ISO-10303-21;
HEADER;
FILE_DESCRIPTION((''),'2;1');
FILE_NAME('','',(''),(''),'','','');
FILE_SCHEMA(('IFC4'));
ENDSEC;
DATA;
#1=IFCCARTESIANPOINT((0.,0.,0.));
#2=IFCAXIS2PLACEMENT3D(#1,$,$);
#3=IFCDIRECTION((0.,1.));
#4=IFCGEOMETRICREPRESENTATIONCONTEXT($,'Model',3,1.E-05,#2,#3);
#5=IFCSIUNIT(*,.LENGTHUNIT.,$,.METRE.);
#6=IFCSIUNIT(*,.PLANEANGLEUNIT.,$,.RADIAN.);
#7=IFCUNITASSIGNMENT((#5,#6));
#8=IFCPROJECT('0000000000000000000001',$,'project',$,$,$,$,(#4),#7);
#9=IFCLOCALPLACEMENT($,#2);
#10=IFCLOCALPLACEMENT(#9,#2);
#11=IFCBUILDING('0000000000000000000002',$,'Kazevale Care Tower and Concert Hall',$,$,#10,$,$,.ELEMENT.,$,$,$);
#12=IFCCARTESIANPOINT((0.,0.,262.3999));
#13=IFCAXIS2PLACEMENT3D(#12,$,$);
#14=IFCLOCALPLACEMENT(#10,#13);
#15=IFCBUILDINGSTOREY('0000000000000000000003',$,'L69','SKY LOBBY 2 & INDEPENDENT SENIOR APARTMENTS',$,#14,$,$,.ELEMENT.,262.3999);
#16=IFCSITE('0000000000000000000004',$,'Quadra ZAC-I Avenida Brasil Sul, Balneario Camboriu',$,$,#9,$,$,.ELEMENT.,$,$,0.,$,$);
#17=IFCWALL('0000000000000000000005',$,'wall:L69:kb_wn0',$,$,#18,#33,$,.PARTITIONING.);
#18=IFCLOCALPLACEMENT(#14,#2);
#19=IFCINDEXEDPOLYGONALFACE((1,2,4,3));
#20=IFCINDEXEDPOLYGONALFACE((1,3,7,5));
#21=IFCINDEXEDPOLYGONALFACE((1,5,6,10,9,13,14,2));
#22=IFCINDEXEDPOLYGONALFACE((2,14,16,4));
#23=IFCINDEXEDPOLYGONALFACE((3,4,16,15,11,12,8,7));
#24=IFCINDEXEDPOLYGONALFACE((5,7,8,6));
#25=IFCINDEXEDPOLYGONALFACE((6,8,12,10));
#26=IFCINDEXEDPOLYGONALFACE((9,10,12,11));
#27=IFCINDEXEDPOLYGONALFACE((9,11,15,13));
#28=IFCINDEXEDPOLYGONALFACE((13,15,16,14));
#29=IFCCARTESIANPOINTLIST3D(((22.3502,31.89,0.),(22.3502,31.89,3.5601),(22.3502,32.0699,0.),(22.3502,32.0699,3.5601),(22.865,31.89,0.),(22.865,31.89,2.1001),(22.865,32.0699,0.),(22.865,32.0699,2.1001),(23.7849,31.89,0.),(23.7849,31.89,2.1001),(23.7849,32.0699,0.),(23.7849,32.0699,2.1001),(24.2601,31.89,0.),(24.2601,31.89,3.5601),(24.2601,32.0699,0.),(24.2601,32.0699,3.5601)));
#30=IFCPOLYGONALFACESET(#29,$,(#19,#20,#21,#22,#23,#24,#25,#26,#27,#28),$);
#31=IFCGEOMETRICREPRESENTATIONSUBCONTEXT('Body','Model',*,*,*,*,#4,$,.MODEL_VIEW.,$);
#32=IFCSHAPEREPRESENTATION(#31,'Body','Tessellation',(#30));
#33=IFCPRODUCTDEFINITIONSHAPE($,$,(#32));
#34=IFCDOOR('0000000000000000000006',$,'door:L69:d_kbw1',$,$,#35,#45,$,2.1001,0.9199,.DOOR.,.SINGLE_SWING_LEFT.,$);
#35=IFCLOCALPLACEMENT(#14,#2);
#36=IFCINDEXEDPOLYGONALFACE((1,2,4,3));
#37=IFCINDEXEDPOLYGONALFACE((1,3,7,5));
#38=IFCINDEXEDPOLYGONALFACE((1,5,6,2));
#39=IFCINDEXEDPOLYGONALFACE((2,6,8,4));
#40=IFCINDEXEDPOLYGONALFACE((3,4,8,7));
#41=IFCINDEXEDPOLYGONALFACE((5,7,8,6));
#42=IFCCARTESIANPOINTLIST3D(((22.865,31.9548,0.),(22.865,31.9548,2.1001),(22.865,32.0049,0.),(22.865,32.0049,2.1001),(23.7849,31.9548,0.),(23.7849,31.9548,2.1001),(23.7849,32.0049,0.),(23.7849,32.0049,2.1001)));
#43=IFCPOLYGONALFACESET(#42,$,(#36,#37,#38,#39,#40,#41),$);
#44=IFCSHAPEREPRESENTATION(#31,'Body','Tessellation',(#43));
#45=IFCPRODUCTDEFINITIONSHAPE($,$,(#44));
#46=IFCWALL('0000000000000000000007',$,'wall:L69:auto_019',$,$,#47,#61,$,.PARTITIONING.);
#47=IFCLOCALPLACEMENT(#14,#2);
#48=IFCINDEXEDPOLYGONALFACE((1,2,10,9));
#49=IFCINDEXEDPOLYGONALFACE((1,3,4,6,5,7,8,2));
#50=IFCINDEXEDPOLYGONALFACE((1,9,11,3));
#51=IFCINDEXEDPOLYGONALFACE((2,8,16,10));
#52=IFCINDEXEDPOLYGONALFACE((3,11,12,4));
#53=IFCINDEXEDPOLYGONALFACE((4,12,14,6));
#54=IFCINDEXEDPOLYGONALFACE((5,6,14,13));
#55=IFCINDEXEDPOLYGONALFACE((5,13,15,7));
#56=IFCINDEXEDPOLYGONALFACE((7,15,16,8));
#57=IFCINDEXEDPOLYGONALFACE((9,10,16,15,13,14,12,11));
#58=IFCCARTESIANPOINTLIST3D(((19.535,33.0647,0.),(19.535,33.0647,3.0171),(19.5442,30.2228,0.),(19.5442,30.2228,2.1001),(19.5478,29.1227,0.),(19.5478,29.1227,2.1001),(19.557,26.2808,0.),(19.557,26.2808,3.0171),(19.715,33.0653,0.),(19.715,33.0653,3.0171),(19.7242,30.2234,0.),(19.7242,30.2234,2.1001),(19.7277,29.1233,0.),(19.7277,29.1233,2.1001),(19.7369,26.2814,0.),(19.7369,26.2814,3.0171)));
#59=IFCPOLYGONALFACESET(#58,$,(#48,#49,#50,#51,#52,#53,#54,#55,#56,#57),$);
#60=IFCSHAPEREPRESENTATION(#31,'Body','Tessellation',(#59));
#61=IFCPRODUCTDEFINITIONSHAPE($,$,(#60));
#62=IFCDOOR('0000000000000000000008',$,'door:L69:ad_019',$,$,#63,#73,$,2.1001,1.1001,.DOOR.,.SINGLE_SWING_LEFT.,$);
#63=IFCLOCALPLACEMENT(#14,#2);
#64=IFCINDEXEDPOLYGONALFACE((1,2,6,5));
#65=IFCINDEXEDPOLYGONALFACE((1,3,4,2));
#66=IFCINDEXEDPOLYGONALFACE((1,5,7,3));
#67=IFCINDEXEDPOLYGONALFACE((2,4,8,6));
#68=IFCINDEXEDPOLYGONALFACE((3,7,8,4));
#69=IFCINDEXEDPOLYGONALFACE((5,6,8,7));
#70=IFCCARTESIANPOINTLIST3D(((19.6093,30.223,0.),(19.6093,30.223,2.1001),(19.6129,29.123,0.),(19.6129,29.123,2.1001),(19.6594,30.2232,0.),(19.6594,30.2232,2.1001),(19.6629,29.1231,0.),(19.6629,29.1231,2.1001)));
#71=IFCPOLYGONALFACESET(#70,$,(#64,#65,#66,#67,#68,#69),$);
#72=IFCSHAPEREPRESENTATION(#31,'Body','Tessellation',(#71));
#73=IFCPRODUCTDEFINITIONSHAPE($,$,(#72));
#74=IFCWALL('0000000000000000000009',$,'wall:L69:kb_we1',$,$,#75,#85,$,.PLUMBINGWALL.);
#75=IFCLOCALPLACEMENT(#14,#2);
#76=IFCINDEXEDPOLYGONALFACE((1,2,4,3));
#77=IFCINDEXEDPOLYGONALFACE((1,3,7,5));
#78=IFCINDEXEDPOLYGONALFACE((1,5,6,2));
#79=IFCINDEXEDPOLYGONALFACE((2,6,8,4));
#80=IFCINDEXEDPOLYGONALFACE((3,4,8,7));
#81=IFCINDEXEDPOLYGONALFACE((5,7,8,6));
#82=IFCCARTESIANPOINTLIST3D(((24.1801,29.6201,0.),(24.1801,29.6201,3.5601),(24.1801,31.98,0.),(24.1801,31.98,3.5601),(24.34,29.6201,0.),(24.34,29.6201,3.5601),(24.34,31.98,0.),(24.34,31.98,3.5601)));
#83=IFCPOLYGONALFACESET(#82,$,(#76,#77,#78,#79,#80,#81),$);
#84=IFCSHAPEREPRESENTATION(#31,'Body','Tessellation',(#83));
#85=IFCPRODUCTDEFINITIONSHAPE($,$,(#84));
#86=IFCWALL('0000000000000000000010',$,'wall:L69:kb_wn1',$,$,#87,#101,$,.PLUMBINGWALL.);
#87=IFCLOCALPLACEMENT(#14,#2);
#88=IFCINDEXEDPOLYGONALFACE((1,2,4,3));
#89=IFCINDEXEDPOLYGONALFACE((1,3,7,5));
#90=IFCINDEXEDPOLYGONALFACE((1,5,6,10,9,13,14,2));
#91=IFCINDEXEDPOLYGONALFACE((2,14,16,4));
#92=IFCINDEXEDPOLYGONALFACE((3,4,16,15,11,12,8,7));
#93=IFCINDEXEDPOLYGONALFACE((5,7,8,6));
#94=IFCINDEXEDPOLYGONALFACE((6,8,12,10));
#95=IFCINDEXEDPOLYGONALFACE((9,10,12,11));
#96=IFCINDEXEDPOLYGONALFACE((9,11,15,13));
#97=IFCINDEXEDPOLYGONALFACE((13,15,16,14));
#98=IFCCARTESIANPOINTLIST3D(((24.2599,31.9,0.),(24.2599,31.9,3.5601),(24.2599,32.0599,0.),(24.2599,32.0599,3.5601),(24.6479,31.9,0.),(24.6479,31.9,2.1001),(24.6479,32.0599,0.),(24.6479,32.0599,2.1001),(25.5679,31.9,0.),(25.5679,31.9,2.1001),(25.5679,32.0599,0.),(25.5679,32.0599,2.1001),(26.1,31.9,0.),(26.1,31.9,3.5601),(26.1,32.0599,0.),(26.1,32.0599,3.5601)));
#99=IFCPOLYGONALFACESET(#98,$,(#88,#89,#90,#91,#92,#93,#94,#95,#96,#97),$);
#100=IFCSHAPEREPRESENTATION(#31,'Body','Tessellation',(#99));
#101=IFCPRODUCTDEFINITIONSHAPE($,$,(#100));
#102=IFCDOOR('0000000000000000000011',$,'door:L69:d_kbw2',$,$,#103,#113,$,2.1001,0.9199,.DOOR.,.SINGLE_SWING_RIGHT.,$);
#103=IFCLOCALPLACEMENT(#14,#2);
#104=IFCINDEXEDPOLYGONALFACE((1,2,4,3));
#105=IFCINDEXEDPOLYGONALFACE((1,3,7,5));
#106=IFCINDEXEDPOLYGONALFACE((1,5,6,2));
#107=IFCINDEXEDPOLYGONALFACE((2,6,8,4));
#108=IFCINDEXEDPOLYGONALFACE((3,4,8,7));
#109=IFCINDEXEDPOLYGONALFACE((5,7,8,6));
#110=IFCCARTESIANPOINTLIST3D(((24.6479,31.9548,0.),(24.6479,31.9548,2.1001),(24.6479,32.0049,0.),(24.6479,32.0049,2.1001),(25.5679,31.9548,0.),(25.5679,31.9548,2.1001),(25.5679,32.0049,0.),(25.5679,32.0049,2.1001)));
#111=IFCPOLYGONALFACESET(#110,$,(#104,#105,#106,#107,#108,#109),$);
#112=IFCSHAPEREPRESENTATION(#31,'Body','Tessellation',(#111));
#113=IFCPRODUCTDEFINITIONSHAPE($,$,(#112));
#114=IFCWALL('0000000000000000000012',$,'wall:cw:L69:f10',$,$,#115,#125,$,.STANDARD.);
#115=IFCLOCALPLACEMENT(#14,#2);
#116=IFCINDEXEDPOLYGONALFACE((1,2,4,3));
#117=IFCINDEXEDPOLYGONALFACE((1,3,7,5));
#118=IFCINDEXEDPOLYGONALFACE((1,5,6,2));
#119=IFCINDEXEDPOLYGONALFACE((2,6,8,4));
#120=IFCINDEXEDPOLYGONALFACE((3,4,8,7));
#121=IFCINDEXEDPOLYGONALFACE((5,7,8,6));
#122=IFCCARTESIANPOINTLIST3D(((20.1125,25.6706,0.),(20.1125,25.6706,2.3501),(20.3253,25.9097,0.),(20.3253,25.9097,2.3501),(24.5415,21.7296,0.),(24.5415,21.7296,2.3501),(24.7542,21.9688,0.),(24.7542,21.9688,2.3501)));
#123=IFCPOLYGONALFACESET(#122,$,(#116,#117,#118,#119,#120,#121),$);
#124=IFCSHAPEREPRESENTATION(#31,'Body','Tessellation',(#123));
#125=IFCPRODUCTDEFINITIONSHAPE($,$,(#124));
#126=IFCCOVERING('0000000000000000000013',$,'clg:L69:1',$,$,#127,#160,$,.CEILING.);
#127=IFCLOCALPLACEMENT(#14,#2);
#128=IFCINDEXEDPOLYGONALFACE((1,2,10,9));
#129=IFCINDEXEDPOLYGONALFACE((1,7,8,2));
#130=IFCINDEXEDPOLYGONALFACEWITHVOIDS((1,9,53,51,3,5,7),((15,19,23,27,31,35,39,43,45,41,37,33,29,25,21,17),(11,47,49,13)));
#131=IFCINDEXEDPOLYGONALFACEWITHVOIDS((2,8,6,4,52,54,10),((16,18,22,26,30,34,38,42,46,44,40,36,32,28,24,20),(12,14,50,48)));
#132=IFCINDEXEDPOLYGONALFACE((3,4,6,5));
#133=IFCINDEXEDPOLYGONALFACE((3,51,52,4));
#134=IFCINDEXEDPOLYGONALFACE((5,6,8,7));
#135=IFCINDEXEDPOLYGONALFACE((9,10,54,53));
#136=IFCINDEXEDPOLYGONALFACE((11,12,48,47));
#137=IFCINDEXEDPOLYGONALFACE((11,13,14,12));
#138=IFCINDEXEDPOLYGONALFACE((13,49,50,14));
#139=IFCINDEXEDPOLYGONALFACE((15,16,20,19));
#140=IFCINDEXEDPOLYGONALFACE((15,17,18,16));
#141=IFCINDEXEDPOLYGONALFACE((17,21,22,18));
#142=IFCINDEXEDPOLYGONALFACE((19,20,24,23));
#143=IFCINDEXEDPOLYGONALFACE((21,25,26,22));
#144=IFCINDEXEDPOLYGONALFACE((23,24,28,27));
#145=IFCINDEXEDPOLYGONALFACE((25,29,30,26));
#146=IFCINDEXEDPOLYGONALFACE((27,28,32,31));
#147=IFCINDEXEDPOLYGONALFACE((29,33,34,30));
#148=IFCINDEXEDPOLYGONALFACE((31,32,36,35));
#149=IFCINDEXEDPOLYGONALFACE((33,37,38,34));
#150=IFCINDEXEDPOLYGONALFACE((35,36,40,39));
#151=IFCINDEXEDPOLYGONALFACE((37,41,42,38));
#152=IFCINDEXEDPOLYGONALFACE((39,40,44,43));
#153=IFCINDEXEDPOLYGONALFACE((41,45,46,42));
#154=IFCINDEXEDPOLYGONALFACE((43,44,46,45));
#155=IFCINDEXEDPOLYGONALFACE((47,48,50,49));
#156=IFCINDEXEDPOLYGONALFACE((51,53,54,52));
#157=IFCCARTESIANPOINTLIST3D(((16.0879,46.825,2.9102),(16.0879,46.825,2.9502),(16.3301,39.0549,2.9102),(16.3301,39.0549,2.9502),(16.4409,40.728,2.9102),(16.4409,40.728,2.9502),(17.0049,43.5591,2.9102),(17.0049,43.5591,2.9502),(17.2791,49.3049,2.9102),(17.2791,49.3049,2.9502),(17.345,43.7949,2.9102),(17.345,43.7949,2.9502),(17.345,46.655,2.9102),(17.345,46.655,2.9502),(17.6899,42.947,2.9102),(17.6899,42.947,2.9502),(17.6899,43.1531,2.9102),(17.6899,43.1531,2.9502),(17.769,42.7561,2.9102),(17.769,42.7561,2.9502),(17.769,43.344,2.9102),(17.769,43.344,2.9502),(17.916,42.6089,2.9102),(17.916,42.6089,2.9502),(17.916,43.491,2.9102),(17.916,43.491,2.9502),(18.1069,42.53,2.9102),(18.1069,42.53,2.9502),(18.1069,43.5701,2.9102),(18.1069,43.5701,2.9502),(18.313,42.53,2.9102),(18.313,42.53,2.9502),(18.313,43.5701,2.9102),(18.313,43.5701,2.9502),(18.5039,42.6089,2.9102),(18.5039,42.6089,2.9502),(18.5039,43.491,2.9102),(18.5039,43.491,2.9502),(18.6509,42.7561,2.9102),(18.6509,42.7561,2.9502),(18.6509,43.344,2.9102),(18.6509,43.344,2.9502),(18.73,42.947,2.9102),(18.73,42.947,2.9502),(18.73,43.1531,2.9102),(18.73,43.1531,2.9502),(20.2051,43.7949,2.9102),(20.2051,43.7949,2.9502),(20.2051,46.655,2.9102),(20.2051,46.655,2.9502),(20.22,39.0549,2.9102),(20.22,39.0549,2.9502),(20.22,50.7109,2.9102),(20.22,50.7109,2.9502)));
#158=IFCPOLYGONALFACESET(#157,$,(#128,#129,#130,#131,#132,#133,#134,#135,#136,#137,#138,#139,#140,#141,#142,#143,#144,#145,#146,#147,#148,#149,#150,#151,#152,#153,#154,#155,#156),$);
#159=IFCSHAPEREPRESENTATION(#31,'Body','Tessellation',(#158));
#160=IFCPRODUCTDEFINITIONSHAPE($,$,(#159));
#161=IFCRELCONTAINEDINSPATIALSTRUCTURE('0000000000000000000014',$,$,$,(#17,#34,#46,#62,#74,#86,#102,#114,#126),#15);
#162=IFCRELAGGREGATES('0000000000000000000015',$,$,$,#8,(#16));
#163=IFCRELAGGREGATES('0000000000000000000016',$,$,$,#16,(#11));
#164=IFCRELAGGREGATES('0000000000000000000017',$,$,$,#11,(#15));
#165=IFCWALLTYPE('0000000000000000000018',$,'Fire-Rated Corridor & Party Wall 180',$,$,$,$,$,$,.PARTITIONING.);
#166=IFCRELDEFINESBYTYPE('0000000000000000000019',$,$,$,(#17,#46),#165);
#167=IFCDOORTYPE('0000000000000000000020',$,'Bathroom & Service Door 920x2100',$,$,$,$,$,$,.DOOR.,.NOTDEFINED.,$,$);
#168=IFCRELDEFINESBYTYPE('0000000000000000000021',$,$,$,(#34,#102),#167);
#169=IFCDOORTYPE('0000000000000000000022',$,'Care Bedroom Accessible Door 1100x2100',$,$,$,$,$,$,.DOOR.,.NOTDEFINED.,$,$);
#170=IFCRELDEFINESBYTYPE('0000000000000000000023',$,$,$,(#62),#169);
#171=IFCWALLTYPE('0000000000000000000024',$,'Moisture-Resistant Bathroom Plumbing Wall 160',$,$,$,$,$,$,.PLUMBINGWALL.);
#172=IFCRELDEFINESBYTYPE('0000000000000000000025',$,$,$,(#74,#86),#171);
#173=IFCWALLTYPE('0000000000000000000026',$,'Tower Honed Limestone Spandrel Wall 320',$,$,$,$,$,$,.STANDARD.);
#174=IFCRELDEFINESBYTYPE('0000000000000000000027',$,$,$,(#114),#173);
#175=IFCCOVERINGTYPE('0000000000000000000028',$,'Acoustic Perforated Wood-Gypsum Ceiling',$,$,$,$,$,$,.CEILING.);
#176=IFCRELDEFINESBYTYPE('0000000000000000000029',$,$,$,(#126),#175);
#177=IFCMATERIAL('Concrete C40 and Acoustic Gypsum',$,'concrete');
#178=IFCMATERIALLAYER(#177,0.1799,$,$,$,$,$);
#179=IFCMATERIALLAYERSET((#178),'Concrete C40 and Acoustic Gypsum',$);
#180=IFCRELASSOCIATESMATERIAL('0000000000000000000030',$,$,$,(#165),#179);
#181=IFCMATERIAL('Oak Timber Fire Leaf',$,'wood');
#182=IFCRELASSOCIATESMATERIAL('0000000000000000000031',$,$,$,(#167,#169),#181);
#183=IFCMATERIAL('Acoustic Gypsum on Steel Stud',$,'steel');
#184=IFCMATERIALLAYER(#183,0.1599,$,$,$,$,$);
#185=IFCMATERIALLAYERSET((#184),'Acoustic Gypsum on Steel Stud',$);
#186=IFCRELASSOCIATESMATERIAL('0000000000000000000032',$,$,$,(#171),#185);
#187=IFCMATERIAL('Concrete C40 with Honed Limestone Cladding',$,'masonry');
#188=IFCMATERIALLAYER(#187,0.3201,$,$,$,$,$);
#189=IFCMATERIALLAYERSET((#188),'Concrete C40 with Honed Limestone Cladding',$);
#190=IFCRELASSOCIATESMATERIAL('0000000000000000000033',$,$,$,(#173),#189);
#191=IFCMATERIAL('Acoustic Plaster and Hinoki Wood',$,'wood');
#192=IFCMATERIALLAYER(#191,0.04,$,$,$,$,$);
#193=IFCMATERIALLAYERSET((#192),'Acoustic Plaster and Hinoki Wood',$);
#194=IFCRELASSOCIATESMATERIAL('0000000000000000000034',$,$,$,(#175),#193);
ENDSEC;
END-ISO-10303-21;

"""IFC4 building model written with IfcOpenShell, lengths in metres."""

from ifc_helpers import new_model, si_unit, direction, frame, frame_2d, origin, place, context, subcontext, project, spatial, polyline, rectangle, outline, extrude, material, layer, layer_set, type_object, element, fill, save


model = new_model("IFC4")

# Units and contexts
model_context = context("Model", 3, precision=1e-05, world=origin(), true_north=direction((0.0, 1.0)))
body_context = subcontext(model_context, "Body", "Model", "MODEL_VIEW")
ifc_project = project(units=[si_unit("LENGTHUNIT", "METRE"), si_unit("PLANEANGLEUNIT", "RADIAN")], contexts=[model_context])

# Site, building, storey
site_placement = place(None, origin())
site = spatial("IfcSite", under=ifc_project, at=site_placement, Name="Quadra ZAC-I Avenida Brasil Sul, Balneario Camboriu", CompositionType="ELEMENT", RefElevation=0.0)
building_placement = place(site_placement, origin())
building = spatial("IfcBuilding", under=site, at=building_placement, Name="Kazevale Care Tower and Concert Hall", CompositionType="ELEMENT")
storey_placement = place(building_placement, frame((0.0, 0.0, 262.3999)))
storey = spatial("IfcBuildingStorey", under=building, at=storey_placement, Name="L69", Description="SKY LOBBY 2 & INDEPENDENT SENIOR APARTMENTS", CompositionType="ELEMENT", Elevation=262.3999)

# Walls, openings, doors
ifc_material_1 = material(Name="Concrete C40 and Acoustic Gypsum", Category="concrete")
ifc_layer_1 = layer(ifc_material_1, 0.1799)
ifc_layer_set_1 = layer_set([ifc_layer_1], Name="Concrete C40 and Acoustic Gypsum")
wall_type_1 = type_object("IfcWallType", Name="Fire-Rated Corridor & Party Wall 180", PredefinedType="PARTITIONING", material=ifc_layer_set_1)
wall_1_placement = place(storey_placement, frame((22.3501, 31.98, 0.0), z_axis=(0.0, 0.0, 1.0), x_axis=(1.0, 0.0, 0.0)))
wall_1 = element("IfcWall", 1, at=wall_1_placement, inside=storey, type_object=wall_type_1, Name="wall:L69:kb_wn0", PredefinedType="PARTITIONING", context=body_context, shape_type="SweptSolid", body=[
    extrude(rectangle(XDim=1.9099, YDim=0.1799, at=frame_2d((0.9551, 0.0))), origin(), (0.0, 0.0, 1.0), 3.5601),
])
opening_1_placement = place(wall_1_placement, frame((0.5149, 0.0, 0.0)))
opening_1 = element("IfcOpeningElement", 2, at=opening_1_placement, cuts=wall_1, PredefinedType="OPENING", context=body_context, shape_type="SweptSolid", body=[
    extrude(rectangle(XDim=0.9199, YDim=2.1001, at=frame_2d((0.46, 1.05))), frame((0.0, 0.0999, 0.0), z_axis=(0.0, -1.0, 0.0), x_axis=(1.0, 0.0, 0.0)), (0.0, 0.0, 1.0), 0.2),
])
ifc_material_2 = material(Name="Oak Timber Fire Leaf", Category="wood")
door_type_1 = type_object("IfcDoorType", Name="Bathroom & Service Door 920x2100", OperationType="NOTDEFINED", PredefinedType="DOOR", material=ifc_material_2)
door_1_placement = place(opening_1_placement, origin())
door_1 = element("IfcDoor", 3, at=door_1_placement, inside=storey, type_object=door_type_1, Name="door:L69:d_kbw1", OperationType="SINGLE_SWING_LEFT", OverallHeight=2.1001, OverallWidth=0.9199, PredefinedType="DOOR", context=body_context, shape_type="SweptSolid", body=[
    extrude(rectangle(XDim=0.9199, YDim=2.1001, at=frame_2d((0.46, 1.05))), frame((0.0, 0.0249, 0.0), z_axis=(0.0, -1.0, 0.0), x_axis=(1.0, 0.0, 0.0)), (0.0, 0.0, 1.0), 0.05),
])
fill(opening_1, door_1)
wall_2_placement = place(storey_placement, frame((19.647, 26.281, 0.0), z_axis=(0.0, 0.0, 1.0), x_axis=(-0.003239, 0.999995, 0.0)))
wall_2 = element("IfcWall", 4, at=wall_2_placement, inside=storey, type_object=wall_type_1, Name="wall:L69:auto_019", PredefinedType="PARTITIONING", context=body_context, shape_type="SweptSolid", body=[
    extrude(rectangle(XDim=6.7839, YDim=0.1799, at=frame_2d((3.3921, 0.0))), origin(), (0.0, 0.0, 1.0), 3.0171),
])
opening_2_placement = place(wall_2_placement, frame((2.842, 0.0, 0.0)))
opening_2 = element("IfcOpeningElement", 5, at=opening_2_placement, cuts=wall_2, PredefinedType="OPENING", context=body_context, shape_type="SweptSolid", body=[
    extrude(rectangle(XDim=1.1001, YDim=2.1001, at=frame_2d((0.55, 1.05))), frame((0.0, 0.0999, 0.0), z_axis=(0.0, -1.0, 0.0), x_axis=(1.0, 0.0, 0.0)), (0.0, 0.0, 1.0), 0.2),
])
door_type_2 = type_object("IfcDoorType", Name="Care Bedroom Accessible Door 1100x2100", OperationType="NOTDEFINED", PredefinedType="DOOR", material=ifc_material_2)
door_2_placement = place(opening_2_placement, origin())
door_2 = element("IfcDoor", 6, at=door_2_placement, inside=storey, type_object=door_type_2, Name="door:L69:ad_019", OperationType="SINGLE_SWING_LEFT", OverallHeight=2.1001, OverallWidth=1.1001, PredefinedType="DOOR", context=body_context, shape_type="SweptSolid", body=[
    extrude(rectangle(XDim=1.1001, YDim=2.1001, at=frame_2d((0.55, 1.05))), frame((0.0, 0.0249, 0.0), z_axis=(0.0, -1.0, 0.0), x_axis=(1.0, 0.0, 0.0)), (0.0, 0.0, 1.0), 0.05),
])
fill(opening_2, door_2)

# Wall
ifc_material_3 = material(Name="Acoustic Gypsum on Steel Stud", Category="steel")
ifc_layer_2 = layer(ifc_material_3, 0.1599)
ifc_layer_set_2 = layer_set([ifc_layer_2], Name="Acoustic Gypsum on Steel Stud")
wall_type_2 = type_object("IfcWallType", Name="Moisture-Resistant Bathroom Plumbing Wall 160", PredefinedType="PLUMBINGWALL", material=ifc_layer_set_2)
wall_3_placement = place(storey_placement, frame((24.26, 29.6201, 0.0), z_axis=(0.0, 0.0, 1.0), x_axis=(0.0, 1.0, 0.0)))
element("IfcWall", 7, at=wall_3_placement, inside=storey, type_object=wall_type_2, Name="wall:L69:kb_we1", PredefinedType="PLUMBINGWALL", context=body_context, shape_type="SweptSolid", body=[
    extrude(rectangle(XDim=2.3599, YDim=0.1599, at=frame_2d((1.1799, 0.0))), origin(), (0.0, 0.0, 1.0), 3.5601),
])

# Wall, opening, door
wall_4_placement = place(storey_placement, frame((24.26, 31.98, 0.0), z_axis=(0.0, 0.0, 1.0), x_axis=(1.0, 0.0, 0.0)))
wall_4 = element("IfcWall", 8, at=wall_4_placement, inside=storey, type_object=wall_type_2, Name="wall:L69:kb_wn1", PredefinedType="PLUMBINGWALL", context=body_context, shape_type="SweptSolid", body=[
    extrude(rectangle(XDim=1.8401, YDim=0.1599, at=frame_2d((0.9199, 0.0))), origin(), (0.0, 0.0, 1.0), 3.5601),
])
opening_3_placement = place(wall_4_placement, frame((0.3879, 0.0, 0.0)))
opening_3 = element("IfcOpeningElement", 9, at=opening_3_placement, cuts=wall_4, PredefinedType="OPENING", context=body_context, shape_type="SweptSolid", body=[
    extrude(rectangle(XDim=0.9199, YDim=2.1001, at=frame_2d((0.46, 1.05))), frame((0.0, 0.0898, 0.0), z_axis=(0.0, -1.0, 0.0), x_axis=(1.0, 0.0, 0.0)), (0.0, 0.0, 1.0), 0.1799),
])
door_3_placement = place(opening_3_placement, origin())
door_3 = element("IfcDoor", 10, at=door_3_placement, inside=storey, type_object=door_type_1, Name="door:L69:d_kbw2", OperationType="SINGLE_SWING_RIGHT", OverallHeight=2.1001, OverallWidth=0.9199, PredefinedType="DOOR", context=body_context, shape_type="SweptSolid", body=[
    extrude(rectangle(XDim=0.9199, YDim=2.1001, at=frame_2d((0.46, 1.05))), frame((0.0, 0.0249, 0.0), z_axis=(0.0, -1.0, 0.0), x_axis=(1.0, 0.0, 0.0)), (0.0, 0.0, 1.0), 0.05),
])
fill(opening_3, door_3)

# Wall
ifc_material_4 = material(Name="Concrete C40 with Honed Limestone Cladding", Category="masonry")
ifc_layer_3 = layer(ifc_material_4, 0.3201)
ifc_layer_set_3 = layer_set([ifc_layer_3], Name="Concrete C40 with Honed Limestone Cladding")
wall_type_3 = type_object("IfcWallType", Name="Tower Honed Limestone Spandrel Wall 320", PredefinedType="STANDARD", material=ifc_layer_set_3)
wall_5_placement = place(storey_placement, frame((24.6479, 21.8491, 0.0), z_axis=(0.0, 0.0, 1.0), x_axis=(-0.747068, 0.664747, 0.0)))
element("IfcWall", 11, at=wall_5_placement, inside=storey, type_object=wall_type_3, Name="wall:cw:L69:f10", PredefinedType="STANDARD", context=body_context, shape_type="SweptSolid", body=[
    extrude(rectangle(XDim=5.9285, YDim=0.3201, at=frame_2d((2.9644, 0.0))), origin(), (0.0, 0.0, 1.0), 2.3501),
])

# Covering
ifc_material_5 = material(Name="Acoustic Plaster and Hinoki Wood", Category="wood")
ifc_layer_4 = layer(ifc_material_5, 0.04)
ifc_layer_set_4 = layer_set([ifc_layer_4], Name="Acoustic Plaster and Hinoki Wood")
covering_type = type_object("IfcCoveringType", Name="Acoustic Perforated Wood-Gypsum Ceiling", PredefinedType="CEILING", material=ifc_layer_set_4)
covering_1_placement = place(storey_placement, frame((0.0, 0.0, 2.9102)))
element("IfcCovering", 12, at=covering_1_placement, inside=storey, type_object=covering_type, Name="clg:L69:1", PredefinedType="CEILING", context=body_context, shape_type="SweptSolid", body=[
    extrude(outline(polyline([(16.0879, 46.825), (17.2791, 49.3049), (20.22, 50.7109), (20.22, 39.0549), (16.3301, 39.0549), (16.4409, 40.728), (17.0049, 43.5591), (16.0879, 46.825)]), holes=[polyline([(17.345, 46.655), (17.345, 43.7949), (20.2051, 43.7949), (20.2051, 46.655), (17.345, 46.655)]), polyline([(18.73, 43.1531), (18.6509, 43.344), (18.5039, 43.491), (18.313, 43.5701), (18.1069, 43.5701), (17.916, 43.491), (17.769, 43.344), (17.6899, 43.1531), (17.6899, 42.947), (17.769, 42.7561), (17.916, 42.6089), (18.1069, 42.53), (18.313, 42.53), (18.5039, 42.6089), (18.6509, 42.7561), (18.73, 42.947), (18.73, 43.1531)])]), origin(), (0.0, 0.0, 1.0), 0.04),
])

save(model, "model.ifc")
